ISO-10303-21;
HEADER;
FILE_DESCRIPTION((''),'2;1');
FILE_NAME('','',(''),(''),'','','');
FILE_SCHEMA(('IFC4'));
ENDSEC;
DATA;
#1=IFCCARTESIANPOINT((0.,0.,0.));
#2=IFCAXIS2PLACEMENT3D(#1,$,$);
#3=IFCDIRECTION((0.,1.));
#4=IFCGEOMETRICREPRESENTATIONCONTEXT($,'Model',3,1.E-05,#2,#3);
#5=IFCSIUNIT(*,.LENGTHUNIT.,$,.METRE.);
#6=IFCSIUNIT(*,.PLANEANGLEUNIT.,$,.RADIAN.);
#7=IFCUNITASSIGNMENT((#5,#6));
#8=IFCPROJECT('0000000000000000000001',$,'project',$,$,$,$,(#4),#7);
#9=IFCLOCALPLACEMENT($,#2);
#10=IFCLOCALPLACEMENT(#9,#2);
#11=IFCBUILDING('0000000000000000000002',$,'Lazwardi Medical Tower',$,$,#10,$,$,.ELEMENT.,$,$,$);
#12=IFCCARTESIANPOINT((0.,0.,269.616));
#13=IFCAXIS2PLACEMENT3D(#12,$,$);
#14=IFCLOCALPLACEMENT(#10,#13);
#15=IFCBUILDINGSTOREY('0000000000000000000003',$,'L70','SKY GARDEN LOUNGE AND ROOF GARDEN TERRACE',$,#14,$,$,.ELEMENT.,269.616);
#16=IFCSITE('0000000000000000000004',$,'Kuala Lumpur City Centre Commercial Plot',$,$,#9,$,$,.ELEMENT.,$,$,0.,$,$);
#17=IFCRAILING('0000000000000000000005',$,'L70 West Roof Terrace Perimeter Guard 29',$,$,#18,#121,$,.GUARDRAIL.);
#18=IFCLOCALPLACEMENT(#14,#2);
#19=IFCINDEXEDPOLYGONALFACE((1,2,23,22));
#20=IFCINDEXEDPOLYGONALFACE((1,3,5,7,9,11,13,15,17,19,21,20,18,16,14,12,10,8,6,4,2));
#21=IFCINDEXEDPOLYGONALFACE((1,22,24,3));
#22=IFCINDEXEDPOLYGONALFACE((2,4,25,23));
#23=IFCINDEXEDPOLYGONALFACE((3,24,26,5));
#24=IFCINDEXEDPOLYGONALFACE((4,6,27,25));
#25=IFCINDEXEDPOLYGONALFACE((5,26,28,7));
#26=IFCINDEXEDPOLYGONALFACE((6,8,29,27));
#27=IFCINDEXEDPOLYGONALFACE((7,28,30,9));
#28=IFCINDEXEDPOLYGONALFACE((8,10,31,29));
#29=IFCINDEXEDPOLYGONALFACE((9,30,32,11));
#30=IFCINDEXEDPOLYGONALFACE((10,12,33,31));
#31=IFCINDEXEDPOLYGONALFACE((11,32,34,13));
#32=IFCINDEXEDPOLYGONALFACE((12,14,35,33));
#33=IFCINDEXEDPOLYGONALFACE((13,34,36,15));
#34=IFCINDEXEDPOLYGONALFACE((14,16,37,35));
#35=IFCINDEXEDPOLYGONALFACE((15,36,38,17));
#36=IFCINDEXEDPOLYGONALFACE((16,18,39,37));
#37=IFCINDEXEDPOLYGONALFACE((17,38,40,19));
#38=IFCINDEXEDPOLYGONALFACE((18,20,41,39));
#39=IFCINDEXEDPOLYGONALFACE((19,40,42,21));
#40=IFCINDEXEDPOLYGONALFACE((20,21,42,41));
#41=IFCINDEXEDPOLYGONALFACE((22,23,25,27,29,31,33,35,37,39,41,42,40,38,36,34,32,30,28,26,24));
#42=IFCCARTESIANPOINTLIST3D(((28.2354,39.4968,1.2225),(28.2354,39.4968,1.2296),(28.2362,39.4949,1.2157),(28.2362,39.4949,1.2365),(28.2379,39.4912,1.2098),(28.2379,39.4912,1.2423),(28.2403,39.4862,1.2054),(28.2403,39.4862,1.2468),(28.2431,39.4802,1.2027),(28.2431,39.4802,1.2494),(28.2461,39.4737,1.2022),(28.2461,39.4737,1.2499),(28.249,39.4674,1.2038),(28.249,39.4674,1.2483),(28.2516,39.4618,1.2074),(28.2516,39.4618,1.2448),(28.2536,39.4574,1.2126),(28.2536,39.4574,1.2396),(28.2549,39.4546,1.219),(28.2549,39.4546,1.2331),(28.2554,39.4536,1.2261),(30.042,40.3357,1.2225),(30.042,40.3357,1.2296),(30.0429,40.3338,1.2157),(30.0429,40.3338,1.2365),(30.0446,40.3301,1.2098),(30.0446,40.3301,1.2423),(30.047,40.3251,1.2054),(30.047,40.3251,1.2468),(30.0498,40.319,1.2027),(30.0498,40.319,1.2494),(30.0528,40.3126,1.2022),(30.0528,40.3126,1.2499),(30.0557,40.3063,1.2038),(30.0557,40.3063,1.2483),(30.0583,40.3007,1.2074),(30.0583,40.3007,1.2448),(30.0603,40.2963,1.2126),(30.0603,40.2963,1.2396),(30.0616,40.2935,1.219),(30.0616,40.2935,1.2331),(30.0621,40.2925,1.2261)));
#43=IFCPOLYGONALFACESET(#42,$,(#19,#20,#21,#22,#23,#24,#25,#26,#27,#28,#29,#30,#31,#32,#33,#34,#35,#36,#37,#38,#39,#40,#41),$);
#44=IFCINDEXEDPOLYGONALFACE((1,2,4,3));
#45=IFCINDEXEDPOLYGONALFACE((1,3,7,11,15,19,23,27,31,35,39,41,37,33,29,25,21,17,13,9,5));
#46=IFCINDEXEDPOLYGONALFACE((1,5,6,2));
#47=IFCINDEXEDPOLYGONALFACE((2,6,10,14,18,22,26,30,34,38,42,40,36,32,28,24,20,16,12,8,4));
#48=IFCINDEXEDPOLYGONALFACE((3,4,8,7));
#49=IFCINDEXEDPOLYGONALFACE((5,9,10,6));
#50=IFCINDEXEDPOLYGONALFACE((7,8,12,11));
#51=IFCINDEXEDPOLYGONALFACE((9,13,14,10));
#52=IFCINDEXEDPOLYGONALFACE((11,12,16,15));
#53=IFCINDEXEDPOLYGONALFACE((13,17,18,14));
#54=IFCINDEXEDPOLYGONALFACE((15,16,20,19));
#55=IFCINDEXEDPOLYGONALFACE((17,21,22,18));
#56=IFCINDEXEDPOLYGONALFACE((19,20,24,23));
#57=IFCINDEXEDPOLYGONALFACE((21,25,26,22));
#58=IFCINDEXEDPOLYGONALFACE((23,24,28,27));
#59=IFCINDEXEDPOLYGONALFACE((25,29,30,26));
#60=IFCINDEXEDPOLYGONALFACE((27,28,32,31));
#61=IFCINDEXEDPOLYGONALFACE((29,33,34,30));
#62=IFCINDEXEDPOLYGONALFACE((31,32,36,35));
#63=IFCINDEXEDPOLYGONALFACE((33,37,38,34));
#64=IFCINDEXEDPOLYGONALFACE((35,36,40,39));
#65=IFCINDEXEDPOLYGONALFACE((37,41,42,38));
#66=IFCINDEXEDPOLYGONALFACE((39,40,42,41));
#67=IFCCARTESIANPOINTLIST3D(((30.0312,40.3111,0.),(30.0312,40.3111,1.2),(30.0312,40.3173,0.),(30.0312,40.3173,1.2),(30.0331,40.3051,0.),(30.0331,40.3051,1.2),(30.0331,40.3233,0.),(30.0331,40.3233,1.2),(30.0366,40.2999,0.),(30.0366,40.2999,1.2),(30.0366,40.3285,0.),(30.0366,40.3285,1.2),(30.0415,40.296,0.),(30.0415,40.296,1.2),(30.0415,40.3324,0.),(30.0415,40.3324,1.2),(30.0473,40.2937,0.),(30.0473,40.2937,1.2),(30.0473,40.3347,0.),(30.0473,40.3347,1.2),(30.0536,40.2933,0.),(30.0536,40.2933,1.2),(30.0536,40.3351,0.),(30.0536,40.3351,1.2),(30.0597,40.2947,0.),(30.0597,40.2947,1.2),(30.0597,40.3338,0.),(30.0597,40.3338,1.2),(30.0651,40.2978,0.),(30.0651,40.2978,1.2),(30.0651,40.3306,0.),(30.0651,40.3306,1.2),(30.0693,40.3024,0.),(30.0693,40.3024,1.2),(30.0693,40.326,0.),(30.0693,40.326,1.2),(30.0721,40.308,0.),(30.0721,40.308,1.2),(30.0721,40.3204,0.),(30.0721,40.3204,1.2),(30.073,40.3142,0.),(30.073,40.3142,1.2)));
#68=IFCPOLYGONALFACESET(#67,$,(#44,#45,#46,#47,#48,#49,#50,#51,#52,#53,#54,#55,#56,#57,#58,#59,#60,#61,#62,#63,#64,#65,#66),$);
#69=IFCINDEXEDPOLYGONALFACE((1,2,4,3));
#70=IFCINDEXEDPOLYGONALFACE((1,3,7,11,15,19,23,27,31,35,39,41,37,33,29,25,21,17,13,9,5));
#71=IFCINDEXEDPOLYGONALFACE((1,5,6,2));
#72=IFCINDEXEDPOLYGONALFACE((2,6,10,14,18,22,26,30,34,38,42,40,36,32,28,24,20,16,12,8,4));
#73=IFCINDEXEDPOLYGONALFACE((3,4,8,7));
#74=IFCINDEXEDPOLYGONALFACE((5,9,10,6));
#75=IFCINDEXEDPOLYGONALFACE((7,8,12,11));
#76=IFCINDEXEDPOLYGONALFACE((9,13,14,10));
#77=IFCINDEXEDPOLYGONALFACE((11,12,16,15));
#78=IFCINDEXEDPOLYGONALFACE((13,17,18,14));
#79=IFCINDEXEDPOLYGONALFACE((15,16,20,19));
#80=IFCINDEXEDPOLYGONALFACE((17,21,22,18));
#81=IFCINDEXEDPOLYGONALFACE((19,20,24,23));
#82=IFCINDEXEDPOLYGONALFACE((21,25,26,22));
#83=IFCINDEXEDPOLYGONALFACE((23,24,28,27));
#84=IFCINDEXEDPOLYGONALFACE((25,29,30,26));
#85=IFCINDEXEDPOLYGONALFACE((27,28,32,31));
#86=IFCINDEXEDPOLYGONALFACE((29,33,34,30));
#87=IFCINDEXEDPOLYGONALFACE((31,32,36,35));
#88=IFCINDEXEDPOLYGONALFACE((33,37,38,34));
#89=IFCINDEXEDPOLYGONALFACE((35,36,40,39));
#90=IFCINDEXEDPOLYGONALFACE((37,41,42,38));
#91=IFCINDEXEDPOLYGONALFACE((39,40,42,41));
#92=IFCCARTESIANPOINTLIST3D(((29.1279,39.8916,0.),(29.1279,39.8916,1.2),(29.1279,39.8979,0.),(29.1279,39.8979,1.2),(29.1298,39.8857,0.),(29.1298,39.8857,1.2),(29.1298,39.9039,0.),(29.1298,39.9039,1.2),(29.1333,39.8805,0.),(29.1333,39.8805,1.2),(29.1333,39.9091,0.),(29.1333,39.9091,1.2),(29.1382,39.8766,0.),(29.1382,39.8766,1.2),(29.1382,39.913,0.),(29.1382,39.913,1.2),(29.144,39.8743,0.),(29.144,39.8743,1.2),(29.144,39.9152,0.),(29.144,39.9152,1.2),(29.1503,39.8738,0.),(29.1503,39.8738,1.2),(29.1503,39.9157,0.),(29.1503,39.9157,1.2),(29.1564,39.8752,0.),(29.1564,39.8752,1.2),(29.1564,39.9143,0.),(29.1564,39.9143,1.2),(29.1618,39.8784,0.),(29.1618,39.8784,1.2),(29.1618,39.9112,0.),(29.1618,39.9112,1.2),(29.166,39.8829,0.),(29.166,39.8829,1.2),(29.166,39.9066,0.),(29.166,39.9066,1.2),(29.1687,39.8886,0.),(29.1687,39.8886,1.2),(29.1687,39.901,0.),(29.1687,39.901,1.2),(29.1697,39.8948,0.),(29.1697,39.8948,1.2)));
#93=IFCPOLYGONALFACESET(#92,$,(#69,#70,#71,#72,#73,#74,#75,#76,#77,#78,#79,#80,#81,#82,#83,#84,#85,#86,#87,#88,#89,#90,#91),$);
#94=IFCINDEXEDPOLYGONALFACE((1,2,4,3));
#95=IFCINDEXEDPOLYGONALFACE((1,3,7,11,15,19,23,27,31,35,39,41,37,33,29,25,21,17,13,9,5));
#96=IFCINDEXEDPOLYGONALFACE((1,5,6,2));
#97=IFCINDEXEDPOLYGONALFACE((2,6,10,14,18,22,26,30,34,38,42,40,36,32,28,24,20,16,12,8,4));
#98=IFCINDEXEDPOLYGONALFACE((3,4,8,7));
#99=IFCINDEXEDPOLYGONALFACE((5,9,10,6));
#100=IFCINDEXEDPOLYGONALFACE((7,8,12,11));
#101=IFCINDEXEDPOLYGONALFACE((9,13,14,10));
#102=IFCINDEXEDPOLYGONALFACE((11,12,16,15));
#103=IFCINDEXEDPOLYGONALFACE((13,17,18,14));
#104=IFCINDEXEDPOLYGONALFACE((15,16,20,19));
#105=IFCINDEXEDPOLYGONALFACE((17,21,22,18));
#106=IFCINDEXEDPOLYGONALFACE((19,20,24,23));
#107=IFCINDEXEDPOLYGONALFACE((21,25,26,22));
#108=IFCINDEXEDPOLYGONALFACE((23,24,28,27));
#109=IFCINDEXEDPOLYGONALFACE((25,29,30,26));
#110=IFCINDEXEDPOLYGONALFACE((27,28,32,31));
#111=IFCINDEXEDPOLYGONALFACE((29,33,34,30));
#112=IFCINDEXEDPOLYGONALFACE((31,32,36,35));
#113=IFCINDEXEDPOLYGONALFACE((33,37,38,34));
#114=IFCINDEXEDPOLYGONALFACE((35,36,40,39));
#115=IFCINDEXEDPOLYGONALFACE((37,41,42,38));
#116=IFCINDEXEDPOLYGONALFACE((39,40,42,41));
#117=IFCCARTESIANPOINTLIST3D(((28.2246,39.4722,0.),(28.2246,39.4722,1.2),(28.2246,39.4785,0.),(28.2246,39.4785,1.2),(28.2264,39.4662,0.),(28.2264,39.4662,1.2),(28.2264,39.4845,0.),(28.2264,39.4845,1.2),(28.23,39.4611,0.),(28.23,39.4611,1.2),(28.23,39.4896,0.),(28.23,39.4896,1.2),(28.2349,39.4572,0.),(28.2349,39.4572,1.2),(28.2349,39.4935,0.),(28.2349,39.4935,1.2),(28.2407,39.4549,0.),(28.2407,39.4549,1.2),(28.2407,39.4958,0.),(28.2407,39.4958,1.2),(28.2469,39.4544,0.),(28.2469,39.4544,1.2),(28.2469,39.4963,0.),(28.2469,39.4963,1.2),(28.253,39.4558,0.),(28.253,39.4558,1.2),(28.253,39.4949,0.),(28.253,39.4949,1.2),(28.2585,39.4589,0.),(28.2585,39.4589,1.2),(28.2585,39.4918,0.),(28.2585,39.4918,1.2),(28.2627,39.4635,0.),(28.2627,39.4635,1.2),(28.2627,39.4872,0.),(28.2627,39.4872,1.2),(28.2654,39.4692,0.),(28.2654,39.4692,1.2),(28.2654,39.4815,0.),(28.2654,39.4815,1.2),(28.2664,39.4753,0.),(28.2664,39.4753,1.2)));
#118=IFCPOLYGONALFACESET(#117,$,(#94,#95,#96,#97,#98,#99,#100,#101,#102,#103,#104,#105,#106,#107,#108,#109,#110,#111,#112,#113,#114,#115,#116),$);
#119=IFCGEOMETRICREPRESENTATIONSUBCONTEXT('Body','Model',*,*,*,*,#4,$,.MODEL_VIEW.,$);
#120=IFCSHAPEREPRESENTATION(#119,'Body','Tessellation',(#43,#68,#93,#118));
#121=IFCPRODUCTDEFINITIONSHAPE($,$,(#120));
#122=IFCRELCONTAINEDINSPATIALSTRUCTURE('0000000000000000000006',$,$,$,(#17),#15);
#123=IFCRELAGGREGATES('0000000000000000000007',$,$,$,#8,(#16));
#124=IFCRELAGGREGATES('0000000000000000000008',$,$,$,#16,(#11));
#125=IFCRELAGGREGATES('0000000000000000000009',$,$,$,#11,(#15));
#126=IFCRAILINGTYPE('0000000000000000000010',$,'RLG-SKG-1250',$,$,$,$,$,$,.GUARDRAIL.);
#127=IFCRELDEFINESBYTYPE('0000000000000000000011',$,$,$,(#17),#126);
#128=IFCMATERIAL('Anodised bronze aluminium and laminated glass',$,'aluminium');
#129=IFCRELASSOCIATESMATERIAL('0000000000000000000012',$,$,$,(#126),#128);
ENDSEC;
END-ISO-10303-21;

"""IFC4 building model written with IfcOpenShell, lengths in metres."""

from ifc_helpers import new_model, si_unit, direction, frame, origin, origin_2d, place, context, subcontext, project, spatial, circle, extrude, material, type_object, element, save


model = new_model("IFC4")

# Units and contexts
model_context = context("Model", 3, precision=1e-05, world=origin(), true_north=direction((0.0, 1.0)))
body_context = subcontext(model_context, "Body", "Model", "MODEL_VIEW")
ifc_project = project(units=[si_unit("LENGTHUNIT", "METRE"), si_unit("PLANEANGLEUNIT", "RADIAN")], contexts=[model_context])

# Site, building, storey
site_placement = place(None, origin())
site = spatial("IfcSite", under=ifc_project, at=site_placement, Name="Kuala Lumpur City Centre Commercial Plot", CompositionType="ELEMENT", RefElevation=0.0)
building_placement = place(site_placement, origin())
building = spatial("IfcBuilding", under=site, at=building_placement, Name="Lazwardi Medical Tower", CompositionType="ELEMENT")
storey_placement = place(building_placement, frame((0.0, 0.0, 269.616)))
storey = spatial("IfcBuildingStorey", under=building, at=storey_placement, Name="L70", Description="SKY GARDEN LOUNGE AND ROOF GARDEN TERRACE", CompositionType="ELEMENT", Elevation=269.616)

# Railing
ifc_material_1 = material(Name="Anodised bronze aluminium and laminated glass", Category="aluminium")
railing_type = type_object("IfcRailingType", Name="RLG-SKG-1250", PredefinedType="GUARDRAIL", material=ifc_material_1)
railing_1_placement = place(storey_placement, frame((30.052, 40.3142, 0.0)))
element("IfcRailing", 1, at=railing_1_placement, inside=storey, type_object=railing_type, Name="L70 West Roof Terrace Perimeter Guard 29", PredefinedType="GUARDRAIL", context=body_context, shape_type="SweptSolid", body=[
    extrude(circle(Radius=0.0239, at=origin_2d()), frame((0.0, 0.0, 1.2261), z_axis=(-0.906996, -0.42114, 0.0), x_axis=(0.42114, -0.906996, 0.0)), (0.0, 0.0, 1.0), 1.9919),
    extrude(circle(Radius=0.021, at=origin_2d()), origin(), (0.0, 0.0, 1.0), 1.2),
    extrude(circle(Radius=0.021, at=origin_2d()), frame((-0.9033, -0.4194, 0.0)), (0.0, 0.0, 1.0), 1.2),
    extrude(circle(Radius=0.021, at=origin_2d()), frame((-1.8066, -0.8389, 0.0)), (0.0, 0.0, 1.0), 1.2),
])

save(model, "model.ifc")
